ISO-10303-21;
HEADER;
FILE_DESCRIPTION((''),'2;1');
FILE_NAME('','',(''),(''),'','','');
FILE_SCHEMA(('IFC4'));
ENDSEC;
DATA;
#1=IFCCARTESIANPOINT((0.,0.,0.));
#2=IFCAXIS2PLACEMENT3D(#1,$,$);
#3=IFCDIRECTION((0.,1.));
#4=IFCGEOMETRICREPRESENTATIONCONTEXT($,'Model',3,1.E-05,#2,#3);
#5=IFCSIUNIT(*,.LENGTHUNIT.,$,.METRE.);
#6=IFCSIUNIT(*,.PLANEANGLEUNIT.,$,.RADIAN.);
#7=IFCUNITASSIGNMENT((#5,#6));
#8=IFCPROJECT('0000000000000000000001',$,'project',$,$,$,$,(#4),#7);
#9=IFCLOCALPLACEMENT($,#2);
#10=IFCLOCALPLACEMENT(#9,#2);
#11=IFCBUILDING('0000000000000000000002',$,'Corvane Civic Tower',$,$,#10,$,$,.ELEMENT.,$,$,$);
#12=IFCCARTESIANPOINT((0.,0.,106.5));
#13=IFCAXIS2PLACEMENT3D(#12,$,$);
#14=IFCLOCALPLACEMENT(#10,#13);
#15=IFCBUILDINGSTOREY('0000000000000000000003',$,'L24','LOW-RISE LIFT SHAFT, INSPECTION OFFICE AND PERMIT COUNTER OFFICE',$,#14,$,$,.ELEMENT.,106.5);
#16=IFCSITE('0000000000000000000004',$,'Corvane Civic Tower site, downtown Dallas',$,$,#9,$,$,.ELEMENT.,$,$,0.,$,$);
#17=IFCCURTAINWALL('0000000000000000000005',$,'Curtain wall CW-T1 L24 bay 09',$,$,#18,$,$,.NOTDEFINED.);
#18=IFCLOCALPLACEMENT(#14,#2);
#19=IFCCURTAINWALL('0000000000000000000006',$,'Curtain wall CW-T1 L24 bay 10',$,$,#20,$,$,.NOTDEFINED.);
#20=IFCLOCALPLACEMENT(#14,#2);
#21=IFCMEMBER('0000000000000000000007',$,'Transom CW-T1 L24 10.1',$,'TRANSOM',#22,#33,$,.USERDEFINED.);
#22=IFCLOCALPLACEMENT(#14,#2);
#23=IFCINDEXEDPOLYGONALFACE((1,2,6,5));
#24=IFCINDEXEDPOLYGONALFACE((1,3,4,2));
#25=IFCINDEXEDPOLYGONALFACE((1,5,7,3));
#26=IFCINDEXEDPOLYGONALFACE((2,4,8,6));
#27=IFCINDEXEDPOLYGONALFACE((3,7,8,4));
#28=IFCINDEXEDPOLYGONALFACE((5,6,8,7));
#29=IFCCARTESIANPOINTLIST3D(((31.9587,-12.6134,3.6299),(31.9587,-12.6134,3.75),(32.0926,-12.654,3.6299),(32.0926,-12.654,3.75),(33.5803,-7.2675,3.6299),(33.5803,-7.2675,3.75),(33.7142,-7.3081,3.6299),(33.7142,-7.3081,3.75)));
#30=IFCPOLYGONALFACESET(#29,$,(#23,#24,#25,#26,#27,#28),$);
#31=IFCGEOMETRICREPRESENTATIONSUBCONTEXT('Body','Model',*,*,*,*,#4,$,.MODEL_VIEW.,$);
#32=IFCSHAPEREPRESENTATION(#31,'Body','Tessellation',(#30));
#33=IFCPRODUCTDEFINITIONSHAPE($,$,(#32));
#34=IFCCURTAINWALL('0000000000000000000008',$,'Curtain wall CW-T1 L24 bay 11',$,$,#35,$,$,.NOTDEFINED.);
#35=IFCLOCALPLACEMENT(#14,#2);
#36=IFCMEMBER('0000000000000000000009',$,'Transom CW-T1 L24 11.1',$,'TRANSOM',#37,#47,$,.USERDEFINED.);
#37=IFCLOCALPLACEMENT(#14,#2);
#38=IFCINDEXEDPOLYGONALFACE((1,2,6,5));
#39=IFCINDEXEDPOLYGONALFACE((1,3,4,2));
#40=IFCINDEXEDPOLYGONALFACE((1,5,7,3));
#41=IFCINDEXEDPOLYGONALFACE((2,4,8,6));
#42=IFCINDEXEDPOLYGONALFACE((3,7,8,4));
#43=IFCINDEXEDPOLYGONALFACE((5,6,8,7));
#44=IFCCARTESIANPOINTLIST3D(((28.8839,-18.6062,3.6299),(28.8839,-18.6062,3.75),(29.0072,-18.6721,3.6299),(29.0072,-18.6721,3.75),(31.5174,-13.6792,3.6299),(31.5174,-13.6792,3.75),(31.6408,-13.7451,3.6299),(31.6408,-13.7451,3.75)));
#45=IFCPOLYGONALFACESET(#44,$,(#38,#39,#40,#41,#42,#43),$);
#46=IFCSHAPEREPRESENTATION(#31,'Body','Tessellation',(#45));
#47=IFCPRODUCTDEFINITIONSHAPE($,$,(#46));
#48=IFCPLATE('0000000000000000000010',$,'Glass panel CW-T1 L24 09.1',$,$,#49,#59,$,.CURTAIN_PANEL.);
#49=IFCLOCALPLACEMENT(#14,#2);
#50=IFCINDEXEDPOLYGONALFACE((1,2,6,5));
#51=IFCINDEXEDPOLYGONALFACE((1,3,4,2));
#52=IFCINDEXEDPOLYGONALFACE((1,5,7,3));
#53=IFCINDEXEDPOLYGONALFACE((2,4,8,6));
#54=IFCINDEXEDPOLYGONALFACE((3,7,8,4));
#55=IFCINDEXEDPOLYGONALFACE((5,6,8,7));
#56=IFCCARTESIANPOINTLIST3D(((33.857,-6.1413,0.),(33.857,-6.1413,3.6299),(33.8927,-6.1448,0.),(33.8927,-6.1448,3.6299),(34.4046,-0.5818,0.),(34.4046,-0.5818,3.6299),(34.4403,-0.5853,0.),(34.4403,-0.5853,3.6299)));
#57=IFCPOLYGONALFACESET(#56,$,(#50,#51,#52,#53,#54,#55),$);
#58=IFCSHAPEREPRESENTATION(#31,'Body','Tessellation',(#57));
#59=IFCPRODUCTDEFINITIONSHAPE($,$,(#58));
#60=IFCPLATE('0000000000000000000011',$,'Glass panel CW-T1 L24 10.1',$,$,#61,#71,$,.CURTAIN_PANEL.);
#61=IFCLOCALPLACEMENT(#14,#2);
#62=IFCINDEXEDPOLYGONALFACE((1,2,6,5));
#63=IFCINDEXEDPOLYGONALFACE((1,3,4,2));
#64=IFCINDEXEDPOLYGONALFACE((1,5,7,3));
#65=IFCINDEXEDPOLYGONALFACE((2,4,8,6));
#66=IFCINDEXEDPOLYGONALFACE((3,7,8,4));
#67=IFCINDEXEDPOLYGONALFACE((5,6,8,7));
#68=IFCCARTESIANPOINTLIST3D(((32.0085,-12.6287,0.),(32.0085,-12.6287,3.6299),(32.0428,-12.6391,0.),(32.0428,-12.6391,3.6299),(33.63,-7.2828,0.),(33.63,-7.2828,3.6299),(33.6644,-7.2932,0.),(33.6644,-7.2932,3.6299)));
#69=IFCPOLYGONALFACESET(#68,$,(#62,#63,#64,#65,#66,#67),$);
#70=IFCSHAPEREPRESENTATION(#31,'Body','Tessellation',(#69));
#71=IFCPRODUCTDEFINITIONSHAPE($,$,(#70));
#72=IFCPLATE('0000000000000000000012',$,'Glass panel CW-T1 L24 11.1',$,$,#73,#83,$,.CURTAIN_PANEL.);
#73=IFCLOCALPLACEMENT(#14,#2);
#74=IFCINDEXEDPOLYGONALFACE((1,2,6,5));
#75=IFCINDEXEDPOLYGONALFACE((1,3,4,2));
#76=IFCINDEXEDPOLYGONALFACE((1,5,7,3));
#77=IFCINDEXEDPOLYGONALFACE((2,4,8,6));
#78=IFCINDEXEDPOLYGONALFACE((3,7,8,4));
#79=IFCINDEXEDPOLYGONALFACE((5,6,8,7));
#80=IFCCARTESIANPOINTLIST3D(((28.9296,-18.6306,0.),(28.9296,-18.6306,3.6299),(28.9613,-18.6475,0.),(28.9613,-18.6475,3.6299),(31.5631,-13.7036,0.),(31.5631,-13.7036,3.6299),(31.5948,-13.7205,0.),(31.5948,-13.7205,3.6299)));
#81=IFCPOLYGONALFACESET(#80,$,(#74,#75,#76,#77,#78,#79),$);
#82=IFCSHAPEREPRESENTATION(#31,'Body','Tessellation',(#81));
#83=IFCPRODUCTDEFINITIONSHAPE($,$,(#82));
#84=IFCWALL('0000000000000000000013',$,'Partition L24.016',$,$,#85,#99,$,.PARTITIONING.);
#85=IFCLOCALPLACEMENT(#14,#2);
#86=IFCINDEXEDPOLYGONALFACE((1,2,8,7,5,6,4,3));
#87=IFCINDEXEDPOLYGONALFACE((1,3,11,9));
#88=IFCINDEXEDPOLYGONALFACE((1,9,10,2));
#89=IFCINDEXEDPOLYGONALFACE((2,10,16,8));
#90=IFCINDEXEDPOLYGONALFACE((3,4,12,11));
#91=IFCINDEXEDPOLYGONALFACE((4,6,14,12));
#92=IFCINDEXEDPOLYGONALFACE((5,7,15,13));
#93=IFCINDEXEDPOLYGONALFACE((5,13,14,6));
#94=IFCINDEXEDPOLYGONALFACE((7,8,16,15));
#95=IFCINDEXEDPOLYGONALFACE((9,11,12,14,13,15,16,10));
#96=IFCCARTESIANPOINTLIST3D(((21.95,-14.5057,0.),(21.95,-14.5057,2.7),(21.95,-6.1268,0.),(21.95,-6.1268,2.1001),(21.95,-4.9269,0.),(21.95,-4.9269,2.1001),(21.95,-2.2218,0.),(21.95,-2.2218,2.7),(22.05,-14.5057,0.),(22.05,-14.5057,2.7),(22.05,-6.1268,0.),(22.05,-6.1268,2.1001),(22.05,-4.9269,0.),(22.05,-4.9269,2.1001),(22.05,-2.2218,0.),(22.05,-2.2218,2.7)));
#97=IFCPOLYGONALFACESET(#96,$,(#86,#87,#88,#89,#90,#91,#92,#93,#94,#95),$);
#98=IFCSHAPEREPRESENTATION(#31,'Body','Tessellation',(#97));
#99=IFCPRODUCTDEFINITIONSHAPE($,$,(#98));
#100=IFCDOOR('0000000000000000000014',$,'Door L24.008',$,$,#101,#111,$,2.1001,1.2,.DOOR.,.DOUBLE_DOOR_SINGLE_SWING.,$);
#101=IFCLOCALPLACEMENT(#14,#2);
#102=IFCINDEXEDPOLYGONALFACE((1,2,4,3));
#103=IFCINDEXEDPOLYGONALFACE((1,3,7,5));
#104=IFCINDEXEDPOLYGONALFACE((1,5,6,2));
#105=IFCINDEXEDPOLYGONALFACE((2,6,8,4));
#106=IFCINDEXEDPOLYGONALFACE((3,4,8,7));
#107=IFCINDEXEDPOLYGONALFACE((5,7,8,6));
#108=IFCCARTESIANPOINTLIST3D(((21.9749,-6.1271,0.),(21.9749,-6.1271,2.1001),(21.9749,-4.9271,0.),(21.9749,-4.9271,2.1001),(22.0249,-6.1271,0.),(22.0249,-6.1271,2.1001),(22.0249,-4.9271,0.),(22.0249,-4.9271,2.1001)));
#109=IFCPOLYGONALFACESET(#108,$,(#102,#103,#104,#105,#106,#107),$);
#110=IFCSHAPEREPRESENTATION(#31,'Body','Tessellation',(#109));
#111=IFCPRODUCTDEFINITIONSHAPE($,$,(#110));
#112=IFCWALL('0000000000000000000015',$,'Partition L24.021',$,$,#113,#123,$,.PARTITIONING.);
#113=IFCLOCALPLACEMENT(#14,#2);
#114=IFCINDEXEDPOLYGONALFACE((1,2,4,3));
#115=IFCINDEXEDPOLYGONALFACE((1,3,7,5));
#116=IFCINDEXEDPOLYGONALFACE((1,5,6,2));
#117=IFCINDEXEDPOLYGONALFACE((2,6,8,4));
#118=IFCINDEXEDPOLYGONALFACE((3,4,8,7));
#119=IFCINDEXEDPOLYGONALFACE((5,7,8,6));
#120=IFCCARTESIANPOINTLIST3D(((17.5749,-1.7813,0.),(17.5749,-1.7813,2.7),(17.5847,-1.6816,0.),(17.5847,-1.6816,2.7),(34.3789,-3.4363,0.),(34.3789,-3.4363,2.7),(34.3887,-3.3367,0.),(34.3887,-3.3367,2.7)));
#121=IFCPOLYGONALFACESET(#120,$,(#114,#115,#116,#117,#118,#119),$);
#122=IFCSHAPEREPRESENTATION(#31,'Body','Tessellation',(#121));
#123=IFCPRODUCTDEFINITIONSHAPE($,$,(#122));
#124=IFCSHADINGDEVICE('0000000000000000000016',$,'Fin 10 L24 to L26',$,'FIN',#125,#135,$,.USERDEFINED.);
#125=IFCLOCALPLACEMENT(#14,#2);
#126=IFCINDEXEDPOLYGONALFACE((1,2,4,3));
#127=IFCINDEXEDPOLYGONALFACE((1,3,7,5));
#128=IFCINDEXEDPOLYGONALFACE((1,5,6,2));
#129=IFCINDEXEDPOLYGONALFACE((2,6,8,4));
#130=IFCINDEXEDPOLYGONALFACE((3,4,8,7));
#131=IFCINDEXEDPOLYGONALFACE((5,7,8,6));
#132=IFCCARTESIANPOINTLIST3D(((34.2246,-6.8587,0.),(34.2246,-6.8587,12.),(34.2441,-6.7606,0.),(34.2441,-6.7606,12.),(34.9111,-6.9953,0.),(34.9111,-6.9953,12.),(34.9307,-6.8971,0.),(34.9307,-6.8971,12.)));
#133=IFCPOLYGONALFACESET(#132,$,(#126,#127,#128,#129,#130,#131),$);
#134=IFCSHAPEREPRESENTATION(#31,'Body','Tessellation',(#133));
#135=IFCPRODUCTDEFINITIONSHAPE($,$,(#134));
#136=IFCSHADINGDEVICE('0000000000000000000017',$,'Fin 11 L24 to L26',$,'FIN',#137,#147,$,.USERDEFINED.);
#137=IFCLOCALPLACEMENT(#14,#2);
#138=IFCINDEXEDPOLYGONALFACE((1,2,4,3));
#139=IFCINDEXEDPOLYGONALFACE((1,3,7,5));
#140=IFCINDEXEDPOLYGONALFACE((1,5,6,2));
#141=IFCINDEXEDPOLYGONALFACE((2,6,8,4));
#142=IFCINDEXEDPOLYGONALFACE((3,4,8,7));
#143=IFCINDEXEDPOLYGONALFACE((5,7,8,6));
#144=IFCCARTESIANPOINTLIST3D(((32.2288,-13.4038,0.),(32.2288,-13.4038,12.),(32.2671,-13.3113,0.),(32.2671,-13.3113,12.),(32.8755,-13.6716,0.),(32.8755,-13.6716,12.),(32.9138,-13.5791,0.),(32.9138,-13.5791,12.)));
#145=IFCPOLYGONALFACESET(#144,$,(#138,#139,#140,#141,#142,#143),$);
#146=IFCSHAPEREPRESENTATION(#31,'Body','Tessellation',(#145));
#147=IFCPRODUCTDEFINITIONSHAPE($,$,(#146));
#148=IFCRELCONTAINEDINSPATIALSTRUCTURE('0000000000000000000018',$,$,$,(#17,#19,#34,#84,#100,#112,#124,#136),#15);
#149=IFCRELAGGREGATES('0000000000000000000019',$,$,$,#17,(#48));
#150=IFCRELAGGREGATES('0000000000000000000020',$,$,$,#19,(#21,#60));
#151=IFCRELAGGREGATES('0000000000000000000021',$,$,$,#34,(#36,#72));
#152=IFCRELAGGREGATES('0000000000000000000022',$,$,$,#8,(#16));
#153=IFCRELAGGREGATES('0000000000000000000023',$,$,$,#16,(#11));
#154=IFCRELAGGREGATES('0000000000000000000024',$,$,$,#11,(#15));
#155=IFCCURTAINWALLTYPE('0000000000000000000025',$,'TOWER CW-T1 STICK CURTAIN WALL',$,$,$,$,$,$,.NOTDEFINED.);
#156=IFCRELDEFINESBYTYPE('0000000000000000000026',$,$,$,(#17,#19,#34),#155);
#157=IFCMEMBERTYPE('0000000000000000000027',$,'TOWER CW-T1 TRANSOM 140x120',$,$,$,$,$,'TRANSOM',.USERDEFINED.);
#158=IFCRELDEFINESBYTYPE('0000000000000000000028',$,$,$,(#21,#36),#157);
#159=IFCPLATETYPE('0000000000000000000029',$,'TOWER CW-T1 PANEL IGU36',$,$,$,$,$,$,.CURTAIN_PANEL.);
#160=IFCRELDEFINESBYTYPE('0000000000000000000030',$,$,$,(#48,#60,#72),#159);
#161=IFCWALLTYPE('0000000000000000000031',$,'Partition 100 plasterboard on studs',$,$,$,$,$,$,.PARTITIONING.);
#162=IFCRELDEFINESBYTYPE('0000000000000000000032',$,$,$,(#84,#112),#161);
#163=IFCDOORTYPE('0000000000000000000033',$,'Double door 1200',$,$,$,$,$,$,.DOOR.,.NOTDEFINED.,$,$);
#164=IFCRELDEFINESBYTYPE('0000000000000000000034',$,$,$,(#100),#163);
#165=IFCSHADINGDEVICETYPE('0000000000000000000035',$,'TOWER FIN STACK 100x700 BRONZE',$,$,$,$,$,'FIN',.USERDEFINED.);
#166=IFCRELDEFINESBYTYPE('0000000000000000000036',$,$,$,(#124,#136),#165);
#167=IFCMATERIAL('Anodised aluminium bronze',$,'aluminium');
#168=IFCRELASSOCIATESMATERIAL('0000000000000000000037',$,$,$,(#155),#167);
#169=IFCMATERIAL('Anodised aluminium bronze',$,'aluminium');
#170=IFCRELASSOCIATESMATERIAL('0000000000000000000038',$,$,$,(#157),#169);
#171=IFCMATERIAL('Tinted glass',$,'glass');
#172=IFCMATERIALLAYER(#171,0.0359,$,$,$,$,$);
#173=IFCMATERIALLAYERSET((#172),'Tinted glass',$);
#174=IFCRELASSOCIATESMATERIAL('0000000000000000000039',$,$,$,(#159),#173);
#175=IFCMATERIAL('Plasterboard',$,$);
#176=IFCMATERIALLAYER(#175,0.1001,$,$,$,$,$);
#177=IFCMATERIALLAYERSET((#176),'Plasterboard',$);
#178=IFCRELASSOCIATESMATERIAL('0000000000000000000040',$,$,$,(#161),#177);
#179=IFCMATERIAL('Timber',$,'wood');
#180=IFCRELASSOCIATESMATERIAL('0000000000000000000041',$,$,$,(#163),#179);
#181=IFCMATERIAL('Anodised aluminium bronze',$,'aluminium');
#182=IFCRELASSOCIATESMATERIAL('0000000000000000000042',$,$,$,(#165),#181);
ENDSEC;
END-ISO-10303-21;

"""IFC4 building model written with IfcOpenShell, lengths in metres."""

from ifc_helpers import new_model, si_unit, direction, frame, frame_2d, origin, origin_2d, place, context, subcontext, project, spatial, rectangle, extrude, material, layer, layer_set, material_profile, profile_set, type_object, element, fill, aggregate, save


model = new_model("IFC4")

# Units and contexts
model_context = context("Model", 3, precision=1e-05, world=origin(), true_north=direction((0.0, 1.0)))
body_context = subcontext(model_context, "Body", "Model", "MODEL_VIEW")
ifc_project = project(units=[si_unit("LENGTHUNIT", "METRE"), si_unit("PLANEANGLEUNIT", "RADIAN")], contexts=[model_context])

# Site, building, storey
site_placement = place(None, origin())
site = spatial("IfcSite", under=ifc_project, at=site_placement, Name="Corvane Civic Tower site, downtown Dallas", CompositionType="ELEMENT", RefElevation=0.0)
building_placement = place(site_placement, origin())
building = spatial("IfcBuilding", under=site, at=building_placement, Name="Corvane Civic Tower", CompositionType="ELEMENT")
storey_placement = place(building_placement, frame((0.0, 0.0, 106.5)))
storey = spatial("IfcBuildingStorey", under=building, at=storey_placement, Name="L24", Description="LOW-RISE LIFT SHAFT, INSPECTION OFFICE AND PERMIT COUNTER OFFICE", CompositionType="ELEMENT", Elevation=106.5)

# Curtain walls, members
ifc_material_1 = material(Name="Anodised aluminium bronze", Category="aluminium")
curtain_wall_type = type_object("IfcCurtainWallType", Name="TOWER CW-T1 STICK CURTAIN WALL", PredefinedType="NOTDEFINED", material=ifc_material_1)
curtain_wall_1_placement = place(storey_placement, origin())
curtain_wall_1 = element("IfcCurtainWall", 1, at=curtain_wall_1_placement, inside=storey, type_object=curtain_wall_type, Name="Curtain wall CW-T1 L24 bay 09", PredefinedType="NOTDEFINED")
ifc_material_2 = material(Name="Anodised aluminium bronze", Category="aluminium")
ifc_material_profile_1 = material_profile(ifc_material_2, rectangle(XDim=0.1399, YDim=0.1201, at=origin_2d()), Name="TOWER CW-T1 TRANSOM 140x120")
ifc_profile_set_1 = profile_set([ifc_material_profile_1], Name="Anodised aluminium bronze")
member_type = type_object("IfcMemberType", Name="TOWER CW-T1 TRANSOM 140x120", ElementType="TRANSOM", PredefinedType="USERDEFINED", material=ifc_profile_set_1)
curtain_wall_2_placement = place(storey_placement, origin())
curtain_wall_2 = element("IfcCurtainWall", 2, at=curtain_wall_2_placement, inside=storey, type_object=curtain_wall_type, Name="Curtain wall CW-T1 L24 bay 10", PredefinedType="NOTDEFINED")
member_1_placement = place(storey_placement, frame((33.6472, -7.2878, 3.6899), z_axis=(-0.290269, -0.956945, 0.0), x_axis=(0.956945, -0.290269, 0.0)))
member_1 = element("IfcMember", 3, at=member_1_placement, type_object=member_type, Name="Transom CW-T1 L24 10.1", ObjectType="TRANSOM", PredefinedType="USERDEFINED", context=body_context, shape_type="SweptSolid", body=[
    extrude(rectangle(XDim=0.1399, YDim=0.1201, at=origin_2d()), origin(), (0.0, 0.0, 1.0), 5.5864),
])
curtain_wall_3_placement = place(storey_placement, origin())
curtain_wall_3 = element("IfcCurtainWall", 4, at=curtain_wall_3_placement, inside=storey, type_object=curtain_wall_type, Name="Curtain wall CW-T1 L24 bay 11", PredefinedType="NOTDEFINED")
member_2_placement = place(storey_placement, frame((31.5791, -13.7122, 3.6899), z_axis=(-0.471398, -0.881921, 0.0), x_axis=(0.881921, -0.471398, 0.0)))
member_2 = element("IfcMember", 5, at=member_2_placement, type_object=member_type, Name="Transom CW-T1 L24 11.1", ObjectType="TRANSOM", PredefinedType="USERDEFINED", context=body_context, shape_type="SweptSolid", body=[
    extrude(rectangle(XDim=0.1399, YDim=0.1201, at=origin_2d()), origin(), (0.0, 0.0, 1.0), 5.5867),
])

# Plates
ifc_material_3 = material(Name="Tinted glass", Category="glass")
ifc_layer_1 = layer(ifc_material_3, 0.0359)
ifc_layer_set_1 = layer_set([ifc_layer_1], Name="Tinted glass")
plate_type = type_object("IfcPlateType", Name="TOWER CW-T1 PANEL IGU36", PredefinedType="CURTAIN_PANEL", material=ifc_layer_set_1)
plate_1_placement = place(storey_placement, frame((34.1487, -3.3633, 0.0), z_axis=(0.0, 0.0, 1.0), x_axis=(-0.098027, -0.995184, 0.0)))
plate_1 = element("IfcPlate", 6, at=plate_1_placement, type_object=plate_type, Name="Glass panel CW-T1 L24 09.1", PredefinedType="CURTAIN_PANEL", context=body_context, shape_type="SweptSolid", body=[
    extrude(rectangle(XDim=5.5864, YDim=0.0359, at=origin_2d()), origin(), (0.0, 0.0, 1.0), 3.6299),
])
aggregate(curtain_wall_1, [plate_1])
plate_2_placement = place(storey_placement, frame((32.8364, -9.9609, 0.0), z_axis=(0.0, 0.0, 1.0), x_axis=(-0.290266, -0.956946, 0.0)))
plate_2 = element("IfcPlate", 7, at=plate_2_placement, type_object=plate_type, Name="Glass panel CW-T1 L24 10.1", PredefinedType="CURTAIN_PANEL", context=body_context, shape_type="SweptSolid", body=[
    extrude(rectangle(XDim=5.5864, YDim=0.0359, at=origin_2d()), origin(), (0.0, 0.0, 1.0), 3.6299),
])
aggregate(curtain_wall_2, [member_1, plate_2])
plate_3_placement = place(storey_placement, frame((30.2622, -16.1755, 0.0), z_axis=(0.0, 0.0, 1.0), x_axis=(-0.471392, -0.881924, 0.0)))
plate_3 = element("IfcPlate", 8, at=plate_3_placement, type_object=plate_type, Name="Glass panel CW-T1 L24 11.1", PredefinedType="CURTAIN_PANEL", context=body_context, shape_type="SweptSolid", body=[
    extrude(rectangle(XDim=5.5867, YDim=0.0359, at=origin_2d()), origin(), (0.0, 0.0, 1.0), 3.6299),
])
aggregate(curtain_wall_3, [member_2, plate_3])

# Wall, opening, door
ifc_material_4 = material(Name="Plasterboard")
ifc_layer_2 = layer(ifc_material_4, 0.1001)
ifc_layer_set_2 = layer_set([ifc_layer_2], Name="Plasterboard")
wall_type = type_object("IfcWallType", Name="Partition 100 plasterboard on studs", PredefinedType="PARTITIONING", material=ifc_layer_set_2)
wall_1_placement = place(storey_placement, frame((22.0, -14.5059, 0.0), z_axis=(0.0, 0.0, 1.0), x_axis=(0.0, 1.0, 0.0)))
wall_1 = element("IfcWall", 9, at=wall_1_placement, inside=storey, type_object=wall_type, Name="Partition L24.016", PredefinedType="PARTITIONING", context=body_context, shape_type="SweptSolid", body=[
    extrude(rectangle(XDim=12.2839, YDim=0.1001, at=frame_2d((6.1421, 0.0))), origin(), (0.0, 0.0, 1.0), 2.7),
])
opening_placement = place(wall_1_placement, frame((8.3789, 0.0, 0.0)))
opening = element("IfcOpeningElement", 10, at=opening_placement, cuts=wall_1, PredefinedType="OPENING", context=body_context, shape_type="SweptSolid", body=[
    extrude(rectangle(XDim=1.2, YDim=2.1001, at=frame_2d((0.6001, 1.05))), frame((0.0, 0.0601, 0.0), z_axis=(0.0, -1.0, 0.0), x_axis=(1.0, 0.0, 0.0)), (0.0, 0.0, 1.0), 0.1201),
])
ifc_material_5 = material(Name="Timber", Category="wood")
door_type = type_object("IfcDoorType", Name="Double door 1200", OperationType="NOTDEFINED", PredefinedType="DOOR", material=ifc_material_5)
door_placement = place(opening_placement, frame((1.2, 0.0, 0.0), z_axis=(0.0, 0.0, 1.0), x_axis=(-1.0, 0.0, 0.0)))
door = element("IfcDoor", 11, at=door_placement, inside=storey, type_object=door_type, Name="Door L24.008", OperationType="DOUBLE_DOOR_SINGLE_SWING", OverallHeight=2.1001, OverallWidth=1.2, PredefinedType="DOOR", context=body_context, shape_type="SweptSolid", body=[
    extrude(rectangle(XDim=1.2, YDim=2.1001, at=frame_2d((0.6001, 1.05))), frame((0.0, 0.0249, 0.0), z_axis=(0.0, -1.0, 0.0), x_axis=(1.0, 0.0, 0.0)), (0.0, 0.0, 1.0), 0.05),
])
fill(opening, door)

# Wall
wall_2_placement = place(storey_placement, frame((17.5798, -1.7314, 0.0), z_axis=(0.0, 0.0, 1.0), x_axis=(0.995185, -0.098016, 0.0)))
element("IfcWall", 12, at=wall_2_placement, inside=storey, type_object=wall_type, Name="Partition L24.021", PredefinedType="PARTITIONING", context=body_context, shape_type="SweptSolid", body=[
    extrude(rectangle(XDim=16.8853, YDim=0.1001, at=frame_2d((8.4426, 0.0))), origin(), (0.0, 0.0, 1.0), 2.7),
])

# Shading devices
ifc_material_6 = material(Name="Anodised aluminium bronze", Category="aluminium")
ifc_material_profile_2 = material_profile(ifc_material_6, rectangle(XDim=0.1001, YDim=0.7, at=origin_2d()), Name="TOWER FIN STACK 100x700 BRONZE")
ifc_profile_set_2 = profile_set([ifc_material_profile_2], Name="Anodised aluminium bronze")
shading_device_type = type_object("IfcShadingDeviceType", Name="TOWER FIN STACK 100x700 BRONZE", ElementType="FIN", PredefinedType="USERDEFINED", material=ifc_profile_set_2)
for number, where, z_axis, x_axis, name in (
    (13, (34.5776, -6.8779, 0.0), (0.0, 0.0, 1.0), (-0.19509, -0.980785, 0.0), "Fin 10 L24 to L26"),
    (14, (32.5713, -13.4915, 0.0), (0.0, 0.0, 1.0), (-0.382683, -0.92388, 0.0), "Fin 11 L24 to L26"),
):
    element("IfcShadingDevice", number, at=place(storey_placement, frame(where, z_axis=z_axis, x_axis=x_axis)), inside=storey, type_object=shading_device_type, Name=name, ObjectType="FIN", PredefinedType="USERDEFINED", context=body_context, shape_type="SweptSolid", body=[
        extrude(rectangle(XDim=0.1001, YDim=0.7, at=origin_2d()), origin(), (0.0, 0.0, 1.0), 12.0),
    ])

save(model, "model.ifc")
